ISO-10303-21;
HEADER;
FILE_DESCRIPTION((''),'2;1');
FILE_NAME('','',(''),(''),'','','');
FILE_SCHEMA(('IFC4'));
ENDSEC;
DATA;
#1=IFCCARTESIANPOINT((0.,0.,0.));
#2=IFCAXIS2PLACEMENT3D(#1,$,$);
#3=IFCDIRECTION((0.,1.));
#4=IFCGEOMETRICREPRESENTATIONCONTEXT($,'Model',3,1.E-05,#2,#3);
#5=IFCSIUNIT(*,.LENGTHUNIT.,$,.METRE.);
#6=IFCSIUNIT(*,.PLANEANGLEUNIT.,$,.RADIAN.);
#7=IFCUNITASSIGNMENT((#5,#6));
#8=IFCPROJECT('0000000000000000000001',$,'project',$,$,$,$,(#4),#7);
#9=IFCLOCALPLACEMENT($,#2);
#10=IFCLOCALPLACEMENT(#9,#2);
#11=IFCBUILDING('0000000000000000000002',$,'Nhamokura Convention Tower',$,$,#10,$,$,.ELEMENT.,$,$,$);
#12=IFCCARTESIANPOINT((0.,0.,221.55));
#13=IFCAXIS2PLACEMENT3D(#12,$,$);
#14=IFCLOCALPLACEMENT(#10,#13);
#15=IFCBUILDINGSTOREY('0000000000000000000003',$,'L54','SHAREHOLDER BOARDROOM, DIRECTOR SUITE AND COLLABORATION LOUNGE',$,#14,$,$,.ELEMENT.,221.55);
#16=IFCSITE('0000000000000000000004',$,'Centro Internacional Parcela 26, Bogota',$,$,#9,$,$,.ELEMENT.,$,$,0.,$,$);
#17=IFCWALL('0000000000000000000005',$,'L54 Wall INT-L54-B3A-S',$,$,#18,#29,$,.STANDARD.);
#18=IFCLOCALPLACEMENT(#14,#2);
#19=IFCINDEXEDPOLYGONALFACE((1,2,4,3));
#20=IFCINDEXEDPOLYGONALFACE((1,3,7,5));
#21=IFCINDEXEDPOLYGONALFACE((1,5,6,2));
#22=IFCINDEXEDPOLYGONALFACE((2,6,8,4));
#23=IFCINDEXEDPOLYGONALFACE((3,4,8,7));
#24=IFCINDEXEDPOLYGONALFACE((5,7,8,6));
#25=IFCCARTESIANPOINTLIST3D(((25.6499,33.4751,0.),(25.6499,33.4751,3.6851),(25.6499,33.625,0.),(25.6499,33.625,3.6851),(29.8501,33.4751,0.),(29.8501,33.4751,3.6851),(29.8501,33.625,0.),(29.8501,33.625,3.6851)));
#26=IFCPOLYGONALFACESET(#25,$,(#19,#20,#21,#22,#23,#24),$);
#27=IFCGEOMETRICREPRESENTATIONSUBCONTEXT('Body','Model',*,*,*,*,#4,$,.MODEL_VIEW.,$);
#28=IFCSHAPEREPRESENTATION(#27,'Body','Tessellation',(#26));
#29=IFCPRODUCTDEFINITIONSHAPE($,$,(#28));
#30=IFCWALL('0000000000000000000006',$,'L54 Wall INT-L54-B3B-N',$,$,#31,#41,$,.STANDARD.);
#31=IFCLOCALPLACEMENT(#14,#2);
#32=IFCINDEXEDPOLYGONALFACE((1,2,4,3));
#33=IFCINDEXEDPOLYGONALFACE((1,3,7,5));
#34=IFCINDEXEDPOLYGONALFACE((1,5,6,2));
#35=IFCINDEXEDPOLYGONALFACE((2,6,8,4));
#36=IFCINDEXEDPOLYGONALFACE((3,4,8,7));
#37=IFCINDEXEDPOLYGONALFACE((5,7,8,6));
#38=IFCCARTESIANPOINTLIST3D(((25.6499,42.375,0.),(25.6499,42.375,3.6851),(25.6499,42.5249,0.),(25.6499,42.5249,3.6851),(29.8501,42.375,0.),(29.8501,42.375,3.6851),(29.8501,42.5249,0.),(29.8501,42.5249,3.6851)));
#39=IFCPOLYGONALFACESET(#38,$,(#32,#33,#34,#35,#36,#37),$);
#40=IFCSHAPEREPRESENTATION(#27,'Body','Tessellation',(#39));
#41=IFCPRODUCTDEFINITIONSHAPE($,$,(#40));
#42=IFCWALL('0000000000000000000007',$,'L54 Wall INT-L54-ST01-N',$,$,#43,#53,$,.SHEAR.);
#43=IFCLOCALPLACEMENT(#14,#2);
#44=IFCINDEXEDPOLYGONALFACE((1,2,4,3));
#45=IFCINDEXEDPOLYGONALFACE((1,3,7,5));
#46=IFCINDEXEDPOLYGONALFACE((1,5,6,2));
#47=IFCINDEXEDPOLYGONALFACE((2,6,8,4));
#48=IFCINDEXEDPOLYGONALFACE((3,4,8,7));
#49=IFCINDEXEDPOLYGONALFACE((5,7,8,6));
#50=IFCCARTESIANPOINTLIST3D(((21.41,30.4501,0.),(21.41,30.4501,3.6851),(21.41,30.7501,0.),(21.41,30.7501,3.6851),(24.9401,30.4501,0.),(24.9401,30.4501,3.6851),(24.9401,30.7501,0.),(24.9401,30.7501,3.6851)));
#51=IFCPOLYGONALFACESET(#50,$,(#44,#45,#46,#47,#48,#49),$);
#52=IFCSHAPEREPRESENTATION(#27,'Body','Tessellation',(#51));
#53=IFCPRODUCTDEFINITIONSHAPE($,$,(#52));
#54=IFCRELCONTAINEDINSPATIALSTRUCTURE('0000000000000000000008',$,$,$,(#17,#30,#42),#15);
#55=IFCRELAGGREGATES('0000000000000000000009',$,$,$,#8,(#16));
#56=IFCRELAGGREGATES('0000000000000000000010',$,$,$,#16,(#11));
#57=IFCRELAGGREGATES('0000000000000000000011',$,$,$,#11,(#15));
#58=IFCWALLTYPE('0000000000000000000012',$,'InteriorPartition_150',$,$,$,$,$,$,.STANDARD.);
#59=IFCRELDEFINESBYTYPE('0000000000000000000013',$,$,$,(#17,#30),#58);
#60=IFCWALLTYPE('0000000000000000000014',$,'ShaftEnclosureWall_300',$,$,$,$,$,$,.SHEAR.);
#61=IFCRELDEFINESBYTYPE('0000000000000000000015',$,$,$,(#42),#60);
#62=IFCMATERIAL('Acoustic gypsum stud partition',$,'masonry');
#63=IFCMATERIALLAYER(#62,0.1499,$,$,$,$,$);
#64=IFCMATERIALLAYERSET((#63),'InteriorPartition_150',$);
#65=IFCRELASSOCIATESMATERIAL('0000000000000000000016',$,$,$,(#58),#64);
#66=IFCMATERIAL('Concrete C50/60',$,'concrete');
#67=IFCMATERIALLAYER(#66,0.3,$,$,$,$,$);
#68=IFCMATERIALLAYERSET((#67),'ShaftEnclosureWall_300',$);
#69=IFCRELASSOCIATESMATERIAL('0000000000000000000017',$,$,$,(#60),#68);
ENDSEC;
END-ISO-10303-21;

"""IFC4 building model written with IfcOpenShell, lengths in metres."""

from ifc_helpers import new_model, si_unit, direction, frame, frame_2d, origin, place, context, subcontext, project, spatial, rectangle, extrude, material, layer, layer_set, type_object, element, save


model = new_model("IFC4")

# Units and contexts
model_context = context("Model", 3, precision=1e-05, world=origin(), true_north=direction((0.0, 1.0)))
body_context = subcontext(model_context, "Body", "Model", "MODEL_VIEW")
ifc_project = project(units=[si_unit("LENGTHUNIT", "METRE"), si_unit("PLANEANGLEUNIT", "RADIAN")], contexts=[model_context])

# Site, building, storey
site_placement = place(None, origin())
site = spatial("IfcSite", under=ifc_project, at=site_placement, Name="Centro Internacional Parcela 26, Bogota", CompositionType="ELEMENT", RefElevation=0.0)
building_placement = place(site_placement, origin())
building = spatial("IfcBuilding", under=site, at=building_placement, Name="Nhamokura Convention Tower", CompositionType="ELEMENT")
storey_placement = place(building_placement, frame((0.0, 0.0, 221.55)))
storey = spatial("IfcBuildingStorey", under=building, at=storey_placement, Name="L54", Description="SHAREHOLDER BOARDROOM, DIRECTOR SUITE AND COLLABORATION LOUNGE", CompositionType="ELEMENT", Elevation=221.55)

# Walls
ifc_material_1 = material(Name="Acoustic gypsum stud partition", Category="masonry")
ifc_layer_1 = layer(ifc_material_1, 0.1499)
ifc_layer_set_1 = layer_set([ifc_layer_1], Name="InteriorPartition_150")
wall_type_1 = type_object("IfcWallType", Name="InteriorPartition_150", PredefinedType="STANDARD", material=ifc_layer_set_1)
for number, where, z_axis, x_axis, name in (
    (1, (25.6499, 33.55, 0.0), (0.0, 0.0, 1.0), (1.0, 0.0, 0.0), "L54 Wall INT-L54-B3A-S"),
    (2, (25.6499, 42.45, 0.0), (0.0, 0.0, 1.0), (1.0, 0.0, 0.0), "L54 Wall INT-L54-B3B-N"),
):
    element("IfcWall", number, at=place(storey_placement, frame(where, z_axis=z_axis, x_axis=x_axis)), inside=storey, type_object=wall_type_1, Name=name, PredefinedType="STANDARD", context=body_context, shape_type="SweptSolid", body=[
        extrude(rectangle(XDim=4.2002, YDim=0.1499, at=frame_2d((2.1001, 0.0))), origin(), (0.0, 0.0, 1.0), 3.6851),
    ])
ifc_material_2 = material(Name="Concrete C50/60", Category="concrete")
ifc_layer_2 = layer(ifc_material_2, 0.3)
ifc_layer_set_2 = layer_set([ifc_layer_2], Name="ShaftEnclosureWall_300")
wall_type_2 = type_object("IfcWallType", Name="ShaftEnclosureWall_300", PredefinedType="SHEAR", material=ifc_layer_set_2)
wall_1_placement = place(storey_placement, frame((21.4099, 30.6001, 0.0), z_axis=(0.0, 0.0, 1.0), x_axis=(1.0, 0.0, 0.0)))
element("IfcWall", 3, at=wall_1_placement, inside=storey, type_object=wall_type_2, Name="L54 Wall INT-L54-ST01-N", PredefinedType="SHEAR", context=body_context, shape_type="SweptSolid", body=[
    extrude(rectangle(XDim=3.53, YDim=0.3, at=frame_2d((1.7651, 0.0))), origin(), (0.0, 0.0, 1.0), 3.6851),
])

save(model, "model.ifc")
